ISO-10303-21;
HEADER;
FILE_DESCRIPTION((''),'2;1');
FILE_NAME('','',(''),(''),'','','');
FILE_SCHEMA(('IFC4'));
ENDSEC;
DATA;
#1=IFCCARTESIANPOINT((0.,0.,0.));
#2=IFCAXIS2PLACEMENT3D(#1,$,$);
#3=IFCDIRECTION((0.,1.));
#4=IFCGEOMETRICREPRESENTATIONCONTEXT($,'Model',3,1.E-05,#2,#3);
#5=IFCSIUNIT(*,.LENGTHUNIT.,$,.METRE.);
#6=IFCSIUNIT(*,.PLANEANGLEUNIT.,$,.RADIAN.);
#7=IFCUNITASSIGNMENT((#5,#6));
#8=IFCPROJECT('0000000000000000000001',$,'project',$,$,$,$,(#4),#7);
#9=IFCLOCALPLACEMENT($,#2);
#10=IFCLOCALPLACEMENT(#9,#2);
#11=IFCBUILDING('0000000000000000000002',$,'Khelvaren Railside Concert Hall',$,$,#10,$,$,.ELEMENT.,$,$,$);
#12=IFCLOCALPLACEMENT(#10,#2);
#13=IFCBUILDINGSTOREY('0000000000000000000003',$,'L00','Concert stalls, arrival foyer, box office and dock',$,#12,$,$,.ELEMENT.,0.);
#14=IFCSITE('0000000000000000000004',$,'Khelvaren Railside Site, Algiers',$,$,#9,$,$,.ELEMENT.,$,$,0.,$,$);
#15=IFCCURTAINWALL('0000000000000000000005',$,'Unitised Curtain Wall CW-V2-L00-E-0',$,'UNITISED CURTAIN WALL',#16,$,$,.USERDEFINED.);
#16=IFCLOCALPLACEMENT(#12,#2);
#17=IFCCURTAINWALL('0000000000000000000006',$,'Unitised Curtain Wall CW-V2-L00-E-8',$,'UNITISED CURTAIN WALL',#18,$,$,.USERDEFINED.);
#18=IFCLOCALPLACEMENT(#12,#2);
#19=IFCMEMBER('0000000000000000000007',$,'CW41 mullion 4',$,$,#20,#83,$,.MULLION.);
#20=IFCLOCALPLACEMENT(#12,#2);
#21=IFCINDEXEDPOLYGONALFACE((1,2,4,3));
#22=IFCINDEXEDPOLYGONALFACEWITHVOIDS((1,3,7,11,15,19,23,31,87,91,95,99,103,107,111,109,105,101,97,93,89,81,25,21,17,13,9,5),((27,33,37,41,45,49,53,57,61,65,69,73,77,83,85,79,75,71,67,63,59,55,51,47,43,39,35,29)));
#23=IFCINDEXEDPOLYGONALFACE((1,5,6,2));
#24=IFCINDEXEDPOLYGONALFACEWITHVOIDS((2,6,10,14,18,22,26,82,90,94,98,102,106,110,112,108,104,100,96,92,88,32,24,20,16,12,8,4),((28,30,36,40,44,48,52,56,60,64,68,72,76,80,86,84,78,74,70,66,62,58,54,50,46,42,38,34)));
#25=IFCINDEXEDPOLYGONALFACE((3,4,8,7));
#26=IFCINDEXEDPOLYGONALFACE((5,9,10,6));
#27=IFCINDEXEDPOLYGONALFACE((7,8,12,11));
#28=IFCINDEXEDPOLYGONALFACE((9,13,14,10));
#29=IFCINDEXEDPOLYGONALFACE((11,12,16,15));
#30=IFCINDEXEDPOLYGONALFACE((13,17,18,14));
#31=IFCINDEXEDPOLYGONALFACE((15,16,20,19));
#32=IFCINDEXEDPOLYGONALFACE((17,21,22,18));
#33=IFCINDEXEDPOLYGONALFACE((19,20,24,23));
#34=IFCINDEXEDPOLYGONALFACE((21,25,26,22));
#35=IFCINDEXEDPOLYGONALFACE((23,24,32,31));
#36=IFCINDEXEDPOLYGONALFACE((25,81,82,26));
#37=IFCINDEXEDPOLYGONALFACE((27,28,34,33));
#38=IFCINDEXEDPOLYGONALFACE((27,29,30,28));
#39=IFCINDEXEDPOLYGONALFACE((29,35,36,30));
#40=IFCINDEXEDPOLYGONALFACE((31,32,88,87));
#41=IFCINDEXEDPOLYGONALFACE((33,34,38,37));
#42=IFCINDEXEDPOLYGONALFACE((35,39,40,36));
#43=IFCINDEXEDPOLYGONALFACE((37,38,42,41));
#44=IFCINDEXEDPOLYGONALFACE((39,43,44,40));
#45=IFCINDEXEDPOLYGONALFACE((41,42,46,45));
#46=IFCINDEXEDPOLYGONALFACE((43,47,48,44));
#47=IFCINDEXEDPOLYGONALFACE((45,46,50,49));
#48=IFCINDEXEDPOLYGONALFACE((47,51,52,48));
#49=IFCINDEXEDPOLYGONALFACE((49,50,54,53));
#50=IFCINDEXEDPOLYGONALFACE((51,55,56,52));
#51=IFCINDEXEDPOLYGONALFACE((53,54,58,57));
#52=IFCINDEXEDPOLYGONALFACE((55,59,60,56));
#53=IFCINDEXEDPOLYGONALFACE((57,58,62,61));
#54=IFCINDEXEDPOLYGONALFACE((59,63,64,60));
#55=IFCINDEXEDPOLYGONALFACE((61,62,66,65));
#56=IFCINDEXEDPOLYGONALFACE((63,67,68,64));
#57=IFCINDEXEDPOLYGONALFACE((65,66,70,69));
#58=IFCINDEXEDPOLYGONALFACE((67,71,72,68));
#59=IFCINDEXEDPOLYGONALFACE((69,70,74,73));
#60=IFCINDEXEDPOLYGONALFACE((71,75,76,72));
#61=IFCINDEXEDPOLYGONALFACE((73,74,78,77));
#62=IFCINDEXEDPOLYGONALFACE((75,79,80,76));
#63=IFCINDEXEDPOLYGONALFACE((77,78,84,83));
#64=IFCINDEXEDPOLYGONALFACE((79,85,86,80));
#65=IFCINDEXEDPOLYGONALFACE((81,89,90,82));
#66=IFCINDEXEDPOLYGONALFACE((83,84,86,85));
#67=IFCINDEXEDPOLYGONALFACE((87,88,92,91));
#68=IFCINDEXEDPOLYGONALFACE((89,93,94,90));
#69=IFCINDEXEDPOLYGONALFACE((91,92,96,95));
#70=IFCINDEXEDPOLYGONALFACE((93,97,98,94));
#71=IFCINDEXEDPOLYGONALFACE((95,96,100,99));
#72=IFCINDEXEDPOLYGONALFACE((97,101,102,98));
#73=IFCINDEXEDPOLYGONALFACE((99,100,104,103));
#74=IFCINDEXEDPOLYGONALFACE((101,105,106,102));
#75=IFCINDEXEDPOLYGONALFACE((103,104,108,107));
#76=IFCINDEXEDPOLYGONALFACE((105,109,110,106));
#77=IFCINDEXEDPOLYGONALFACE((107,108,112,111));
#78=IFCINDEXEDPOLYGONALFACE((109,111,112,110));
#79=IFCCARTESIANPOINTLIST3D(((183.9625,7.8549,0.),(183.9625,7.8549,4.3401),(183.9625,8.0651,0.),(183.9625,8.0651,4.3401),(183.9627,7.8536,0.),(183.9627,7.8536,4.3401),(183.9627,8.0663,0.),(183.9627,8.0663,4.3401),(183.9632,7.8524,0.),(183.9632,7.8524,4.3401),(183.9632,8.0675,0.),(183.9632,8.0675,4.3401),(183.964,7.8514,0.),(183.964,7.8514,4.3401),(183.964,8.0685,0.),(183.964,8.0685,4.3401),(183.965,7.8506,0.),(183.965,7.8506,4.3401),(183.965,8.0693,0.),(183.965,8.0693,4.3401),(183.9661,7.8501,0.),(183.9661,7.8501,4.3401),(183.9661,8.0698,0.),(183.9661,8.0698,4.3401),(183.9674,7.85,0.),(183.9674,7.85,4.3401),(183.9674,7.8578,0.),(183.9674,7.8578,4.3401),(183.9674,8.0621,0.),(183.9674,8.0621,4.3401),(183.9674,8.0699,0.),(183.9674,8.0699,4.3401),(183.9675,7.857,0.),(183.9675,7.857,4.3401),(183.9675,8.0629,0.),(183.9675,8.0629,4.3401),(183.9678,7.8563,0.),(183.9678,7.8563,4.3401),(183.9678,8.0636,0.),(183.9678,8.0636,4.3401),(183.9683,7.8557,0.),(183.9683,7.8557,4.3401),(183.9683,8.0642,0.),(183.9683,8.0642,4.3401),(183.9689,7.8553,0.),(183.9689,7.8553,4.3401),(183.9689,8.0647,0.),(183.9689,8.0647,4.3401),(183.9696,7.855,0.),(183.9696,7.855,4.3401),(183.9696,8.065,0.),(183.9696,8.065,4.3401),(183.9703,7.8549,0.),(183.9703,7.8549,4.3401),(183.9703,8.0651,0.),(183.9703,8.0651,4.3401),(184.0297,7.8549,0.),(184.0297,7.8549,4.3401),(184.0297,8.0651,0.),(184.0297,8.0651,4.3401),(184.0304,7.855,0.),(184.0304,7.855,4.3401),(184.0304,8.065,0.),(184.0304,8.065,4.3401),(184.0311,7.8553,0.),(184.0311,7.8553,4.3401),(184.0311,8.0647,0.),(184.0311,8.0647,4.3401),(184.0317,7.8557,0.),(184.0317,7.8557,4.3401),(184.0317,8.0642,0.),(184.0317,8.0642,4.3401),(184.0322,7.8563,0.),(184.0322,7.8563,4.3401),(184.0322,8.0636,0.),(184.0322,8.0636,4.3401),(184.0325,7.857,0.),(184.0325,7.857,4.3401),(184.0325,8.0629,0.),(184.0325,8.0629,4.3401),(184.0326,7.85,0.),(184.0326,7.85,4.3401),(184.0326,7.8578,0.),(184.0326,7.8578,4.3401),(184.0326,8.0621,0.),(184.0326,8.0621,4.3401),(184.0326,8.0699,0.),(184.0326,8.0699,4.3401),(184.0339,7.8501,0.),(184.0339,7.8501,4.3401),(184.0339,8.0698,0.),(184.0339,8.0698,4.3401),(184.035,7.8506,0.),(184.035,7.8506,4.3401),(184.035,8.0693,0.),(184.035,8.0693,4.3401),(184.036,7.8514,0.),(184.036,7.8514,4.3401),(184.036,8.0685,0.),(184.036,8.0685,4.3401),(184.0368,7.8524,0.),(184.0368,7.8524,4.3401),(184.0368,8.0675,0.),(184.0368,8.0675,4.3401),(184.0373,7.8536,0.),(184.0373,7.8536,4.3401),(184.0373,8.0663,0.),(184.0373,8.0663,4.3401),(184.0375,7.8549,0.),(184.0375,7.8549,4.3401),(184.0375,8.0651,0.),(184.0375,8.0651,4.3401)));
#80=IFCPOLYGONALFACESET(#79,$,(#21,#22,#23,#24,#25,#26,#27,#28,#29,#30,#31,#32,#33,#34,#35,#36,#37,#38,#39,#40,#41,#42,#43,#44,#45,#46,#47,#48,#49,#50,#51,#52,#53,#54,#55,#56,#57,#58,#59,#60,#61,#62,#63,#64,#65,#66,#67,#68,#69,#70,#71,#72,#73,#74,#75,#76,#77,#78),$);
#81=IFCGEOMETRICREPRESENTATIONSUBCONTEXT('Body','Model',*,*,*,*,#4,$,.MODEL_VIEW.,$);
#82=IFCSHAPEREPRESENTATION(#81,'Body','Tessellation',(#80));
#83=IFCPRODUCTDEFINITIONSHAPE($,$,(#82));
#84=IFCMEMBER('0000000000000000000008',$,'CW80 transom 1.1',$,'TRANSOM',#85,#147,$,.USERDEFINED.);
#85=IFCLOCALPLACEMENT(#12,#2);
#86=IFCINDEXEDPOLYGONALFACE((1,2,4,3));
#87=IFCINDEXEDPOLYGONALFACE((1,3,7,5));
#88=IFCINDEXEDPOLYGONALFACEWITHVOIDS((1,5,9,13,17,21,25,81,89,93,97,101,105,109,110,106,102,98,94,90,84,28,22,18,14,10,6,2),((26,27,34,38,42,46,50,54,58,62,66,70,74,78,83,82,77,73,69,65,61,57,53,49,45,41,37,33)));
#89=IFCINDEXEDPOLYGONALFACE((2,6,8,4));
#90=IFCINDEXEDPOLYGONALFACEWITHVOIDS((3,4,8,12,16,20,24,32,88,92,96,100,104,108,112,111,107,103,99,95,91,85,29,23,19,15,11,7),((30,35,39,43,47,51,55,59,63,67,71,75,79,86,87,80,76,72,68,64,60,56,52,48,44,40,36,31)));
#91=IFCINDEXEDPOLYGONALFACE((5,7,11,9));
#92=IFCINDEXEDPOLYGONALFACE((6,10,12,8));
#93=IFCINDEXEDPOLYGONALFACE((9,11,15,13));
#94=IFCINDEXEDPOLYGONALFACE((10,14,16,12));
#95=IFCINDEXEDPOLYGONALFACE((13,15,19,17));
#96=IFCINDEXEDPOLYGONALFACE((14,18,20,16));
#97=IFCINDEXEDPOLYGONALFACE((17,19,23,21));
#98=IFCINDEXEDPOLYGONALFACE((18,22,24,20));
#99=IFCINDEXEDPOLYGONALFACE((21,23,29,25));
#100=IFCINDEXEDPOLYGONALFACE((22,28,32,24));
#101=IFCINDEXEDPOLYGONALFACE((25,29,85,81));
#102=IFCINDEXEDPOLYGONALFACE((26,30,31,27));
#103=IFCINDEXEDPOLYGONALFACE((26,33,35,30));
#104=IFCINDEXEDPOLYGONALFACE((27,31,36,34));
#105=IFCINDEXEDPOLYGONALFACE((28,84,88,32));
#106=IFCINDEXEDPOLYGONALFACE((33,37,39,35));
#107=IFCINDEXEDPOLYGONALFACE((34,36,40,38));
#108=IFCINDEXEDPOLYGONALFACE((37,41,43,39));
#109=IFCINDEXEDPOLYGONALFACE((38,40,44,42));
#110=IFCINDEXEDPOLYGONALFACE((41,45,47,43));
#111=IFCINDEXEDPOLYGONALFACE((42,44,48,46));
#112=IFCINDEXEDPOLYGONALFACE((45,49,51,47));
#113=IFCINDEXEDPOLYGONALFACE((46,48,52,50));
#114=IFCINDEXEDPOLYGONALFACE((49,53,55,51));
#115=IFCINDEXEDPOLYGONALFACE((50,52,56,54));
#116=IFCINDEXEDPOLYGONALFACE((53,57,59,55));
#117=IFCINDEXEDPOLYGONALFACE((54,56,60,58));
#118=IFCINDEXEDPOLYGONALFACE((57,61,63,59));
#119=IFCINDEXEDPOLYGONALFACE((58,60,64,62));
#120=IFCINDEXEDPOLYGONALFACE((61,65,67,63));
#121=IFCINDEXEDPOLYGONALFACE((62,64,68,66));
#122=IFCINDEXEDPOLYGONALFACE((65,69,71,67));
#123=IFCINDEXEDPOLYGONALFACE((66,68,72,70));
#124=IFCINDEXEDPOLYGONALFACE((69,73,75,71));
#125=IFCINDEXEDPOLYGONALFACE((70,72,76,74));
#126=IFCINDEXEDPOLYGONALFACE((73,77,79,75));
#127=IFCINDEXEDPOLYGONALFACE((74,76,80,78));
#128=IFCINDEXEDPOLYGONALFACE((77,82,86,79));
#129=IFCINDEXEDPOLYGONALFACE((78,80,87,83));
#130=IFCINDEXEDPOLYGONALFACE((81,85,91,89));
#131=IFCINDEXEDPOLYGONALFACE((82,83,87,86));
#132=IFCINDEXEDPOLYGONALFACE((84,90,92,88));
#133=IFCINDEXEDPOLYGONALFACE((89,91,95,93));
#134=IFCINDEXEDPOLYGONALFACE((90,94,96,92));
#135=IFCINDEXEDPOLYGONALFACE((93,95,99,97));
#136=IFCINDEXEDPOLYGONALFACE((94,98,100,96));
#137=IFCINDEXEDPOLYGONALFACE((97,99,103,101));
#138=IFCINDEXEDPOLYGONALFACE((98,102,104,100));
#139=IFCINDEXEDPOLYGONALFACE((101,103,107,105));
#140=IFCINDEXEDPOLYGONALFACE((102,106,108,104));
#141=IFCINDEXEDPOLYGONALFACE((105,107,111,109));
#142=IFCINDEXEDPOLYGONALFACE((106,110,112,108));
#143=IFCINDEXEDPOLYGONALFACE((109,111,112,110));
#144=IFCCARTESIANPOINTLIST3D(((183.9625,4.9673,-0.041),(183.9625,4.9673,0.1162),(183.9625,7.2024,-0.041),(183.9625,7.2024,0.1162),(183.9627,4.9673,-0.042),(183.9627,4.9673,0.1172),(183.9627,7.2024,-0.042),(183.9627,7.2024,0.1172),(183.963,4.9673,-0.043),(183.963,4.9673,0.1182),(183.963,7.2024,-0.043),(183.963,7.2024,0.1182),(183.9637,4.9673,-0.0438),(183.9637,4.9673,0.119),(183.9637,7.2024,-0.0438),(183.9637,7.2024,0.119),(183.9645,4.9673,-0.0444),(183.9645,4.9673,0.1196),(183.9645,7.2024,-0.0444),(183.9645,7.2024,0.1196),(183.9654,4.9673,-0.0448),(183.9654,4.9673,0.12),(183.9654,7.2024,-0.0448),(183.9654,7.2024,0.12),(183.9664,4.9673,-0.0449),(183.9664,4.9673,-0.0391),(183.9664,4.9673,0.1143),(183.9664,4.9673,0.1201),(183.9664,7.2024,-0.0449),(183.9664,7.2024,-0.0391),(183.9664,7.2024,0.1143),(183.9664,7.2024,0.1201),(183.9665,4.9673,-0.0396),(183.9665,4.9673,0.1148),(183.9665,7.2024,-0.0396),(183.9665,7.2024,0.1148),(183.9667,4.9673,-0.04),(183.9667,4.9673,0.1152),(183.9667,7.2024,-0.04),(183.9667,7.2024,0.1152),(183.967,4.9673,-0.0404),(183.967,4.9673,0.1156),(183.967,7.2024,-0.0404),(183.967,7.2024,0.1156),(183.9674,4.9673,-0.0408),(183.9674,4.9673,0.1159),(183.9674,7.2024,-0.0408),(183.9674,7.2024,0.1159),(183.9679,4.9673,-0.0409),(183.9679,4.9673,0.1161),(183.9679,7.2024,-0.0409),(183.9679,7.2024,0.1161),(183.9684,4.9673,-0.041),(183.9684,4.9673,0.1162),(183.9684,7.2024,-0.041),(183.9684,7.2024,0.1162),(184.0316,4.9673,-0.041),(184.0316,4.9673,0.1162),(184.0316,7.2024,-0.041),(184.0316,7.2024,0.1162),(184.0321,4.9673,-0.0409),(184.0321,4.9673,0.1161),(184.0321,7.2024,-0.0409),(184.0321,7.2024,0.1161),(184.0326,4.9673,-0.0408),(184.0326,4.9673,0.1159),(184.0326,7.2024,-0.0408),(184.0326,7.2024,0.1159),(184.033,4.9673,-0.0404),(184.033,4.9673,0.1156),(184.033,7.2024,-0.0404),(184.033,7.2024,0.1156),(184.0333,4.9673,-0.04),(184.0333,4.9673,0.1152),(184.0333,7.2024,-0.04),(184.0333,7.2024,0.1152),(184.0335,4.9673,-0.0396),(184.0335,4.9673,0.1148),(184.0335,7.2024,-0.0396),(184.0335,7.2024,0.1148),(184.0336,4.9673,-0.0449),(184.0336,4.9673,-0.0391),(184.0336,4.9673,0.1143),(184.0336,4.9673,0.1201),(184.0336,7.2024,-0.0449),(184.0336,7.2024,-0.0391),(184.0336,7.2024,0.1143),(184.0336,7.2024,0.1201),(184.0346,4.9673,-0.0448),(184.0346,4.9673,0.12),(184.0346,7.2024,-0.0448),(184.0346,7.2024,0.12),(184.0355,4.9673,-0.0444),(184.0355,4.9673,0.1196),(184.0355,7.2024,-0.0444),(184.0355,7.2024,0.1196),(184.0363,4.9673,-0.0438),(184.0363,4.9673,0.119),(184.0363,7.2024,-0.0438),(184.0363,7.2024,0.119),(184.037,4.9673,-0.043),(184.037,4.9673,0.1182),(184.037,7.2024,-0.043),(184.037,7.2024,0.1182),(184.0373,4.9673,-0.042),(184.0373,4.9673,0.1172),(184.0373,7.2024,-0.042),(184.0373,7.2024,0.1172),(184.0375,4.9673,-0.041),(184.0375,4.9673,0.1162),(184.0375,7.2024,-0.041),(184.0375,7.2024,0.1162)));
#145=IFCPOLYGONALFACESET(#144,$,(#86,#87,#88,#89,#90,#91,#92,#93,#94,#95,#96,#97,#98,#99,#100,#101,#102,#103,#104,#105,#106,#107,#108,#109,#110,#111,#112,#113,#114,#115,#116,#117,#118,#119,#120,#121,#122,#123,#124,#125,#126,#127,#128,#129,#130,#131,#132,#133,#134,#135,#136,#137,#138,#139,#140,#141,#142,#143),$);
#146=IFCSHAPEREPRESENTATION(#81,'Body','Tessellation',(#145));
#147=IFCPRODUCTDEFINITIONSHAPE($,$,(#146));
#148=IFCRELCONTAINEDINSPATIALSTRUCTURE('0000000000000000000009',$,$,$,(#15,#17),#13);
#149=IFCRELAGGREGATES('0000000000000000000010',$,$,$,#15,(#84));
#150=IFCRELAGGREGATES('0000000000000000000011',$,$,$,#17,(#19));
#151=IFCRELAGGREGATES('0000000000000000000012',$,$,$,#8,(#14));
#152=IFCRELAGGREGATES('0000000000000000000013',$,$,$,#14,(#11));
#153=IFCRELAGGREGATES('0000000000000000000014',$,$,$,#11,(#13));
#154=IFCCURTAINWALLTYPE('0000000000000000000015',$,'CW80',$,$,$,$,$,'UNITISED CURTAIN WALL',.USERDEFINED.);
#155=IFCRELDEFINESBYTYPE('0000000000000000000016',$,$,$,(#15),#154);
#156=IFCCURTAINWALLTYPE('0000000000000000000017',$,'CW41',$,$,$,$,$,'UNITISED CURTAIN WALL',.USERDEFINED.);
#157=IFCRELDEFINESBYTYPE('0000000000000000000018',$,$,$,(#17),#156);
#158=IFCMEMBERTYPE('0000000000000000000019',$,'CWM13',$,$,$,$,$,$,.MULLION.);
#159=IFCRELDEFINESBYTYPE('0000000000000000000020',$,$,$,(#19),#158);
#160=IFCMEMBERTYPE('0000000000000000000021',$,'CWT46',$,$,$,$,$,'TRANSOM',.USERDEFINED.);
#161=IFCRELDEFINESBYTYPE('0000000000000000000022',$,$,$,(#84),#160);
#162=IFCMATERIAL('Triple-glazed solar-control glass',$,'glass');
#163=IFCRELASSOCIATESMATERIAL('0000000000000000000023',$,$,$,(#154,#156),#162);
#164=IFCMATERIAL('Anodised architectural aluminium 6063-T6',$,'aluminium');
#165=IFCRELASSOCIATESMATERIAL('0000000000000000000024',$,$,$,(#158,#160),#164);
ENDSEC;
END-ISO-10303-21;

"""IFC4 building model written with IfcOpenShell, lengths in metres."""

from ifc_helpers import new_model, si_unit, direction, frame, origin, origin_2d, place, context, subcontext, project, spatial, hollow_rectangle, extrude, material, material_profile, profile_set, type_object, element, aggregate, save


model = new_model("IFC4")

# Units and contexts
model_context = context("Model", 3, precision=1e-05, world=origin(), true_north=direction((0.0, 1.0)))
body_context = subcontext(model_context, "Body", "Model", "MODEL_VIEW")
ifc_project = project(units=[si_unit("LENGTHUNIT", "METRE"), si_unit("PLANEANGLEUNIT", "RADIAN")], contexts=[model_context])

# Site, building, storey
site_placement = place(None, origin())
site = spatial("IfcSite", under=ifc_project, at=site_placement, Name="Khelvaren Railside Site, Algiers", CompositionType="ELEMENT", RefElevation=0.0)
building_placement = place(site_placement, origin())
building = spatial("IfcBuilding", under=site, at=building_placement, Name="Khelvaren Railside Concert Hall", CompositionType="ELEMENT")
storey_placement = place(building_placement, origin())
storey = spatial("IfcBuildingStorey", under=building, at=storey_placement, Name="L00", Description="Concert stalls, arrival foyer, box office and dock", CompositionType="ELEMENT", Elevation=0.0)

# Curtain wall
ifc_material_1 = material(Name="Triple-glazed solar-control glass", Category="glass")
curtain_wall_type_1 = type_object("IfcCurtainWallType", Name="CW80", ElementType="UNITISED CURTAIN WALL", PredefinedType="USERDEFINED", material=ifc_material_1)
curtain_wall_1_placement = place(storey_placement, origin())
curtain_wall_1 = element("IfcCurtainWall", 1, at=curtain_wall_1_placement, inside=storey, type_object=curtain_wall_type_1, Name="Unitised Curtain Wall CW-V2-L00-E-0", ObjectType="UNITISED CURTAIN WALL", PredefinedType="USERDEFINED")
ifc_material_2 = material(Name="Anodised architectural aluminium 6063-T6", Category="aluminium")
ifc_material_profile_1 = material_profile(ifc_material_2, hollow_rectangle(XDim=0.075, YDim=0.22, WallThickness=0.0049, InnerFilletRadius=0.0029, OuterFilletRadius=0.0049, at=origin_2d()), Name="CWM 75x220x5")
ifc_profile_set_1 = profile_set([ifc_material_profile_1], Name="Anodised architectural aluminium 6063-T6")
member_type_1 = type_object("IfcMemberType", Name="CWM13", PredefinedType="MULLION", material=ifc_profile_set_1)

# Curtain wall, member
curtain_wall_type_2 = type_object("IfcCurtainWallType", Name="CW41", ElementType="UNITISED CURTAIN WALL", PredefinedType="USERDEFINED", material=ifc_material_1)
curtain_wall_2_placement = place(storey_placement, origin())
curtain_wall_2 = element("IfcCurtainWall", 2, at=curtain_wall_2_placement, inside=storey, type_object=curtain_wall_type_2, Name="Unitised Curtain Wall CW-V2-L00-E-8", ObjectType="UNITISED CURTAIN WALL", PredefinedType="USERDEFINED")
member_1_placement = place(storey_placement, frame((184.0, 7.96, 0.0), z_axis=(0.0, 0.0, 1.0), x_axis=(1.0, 0.0, 0.0)))
member_1 = element("IfcMember", 3, at=member_1_placement, type_object=member_type_1, Name="CW41 mullion 4", PredefinedType="MULLION", context=body_context, shape_type="SweptSolid", body=[
    extrude(hollow_rectangle(XDim=0.075, YDim=0.22, WallThickness=0.0049, InnerFilletRadius=0.0029, OuterFilletRadius=0.0049, at=origin_2d()), origin(), (0.0, 0.0, 1.0), 4.3401),
])

# Member
ifc_material_profile_2 = material_profile(ifc_material_2, hollow_rectangle(XDim=0.075, YDim=0.165, WallThickness=0.0039, InnerFilletRadius=0.002, OuterFilletRadius=0.0039, at=origin_2d()), Name="CWT 75x165x4")
ifc_profile_set_2 = profile_set([ifc_material_profile_2], Name="Anodised architectural aluminium 6063-T6")
member_type_2 = type_object("IfcMemberType", Name="CWT46", ElementType="TRANSOM", PredefinedType="USERDEFINED", material=ifc_profile_set_2)
member_2_placement = place(storey_placement, frame((184.0, 7.2024, 0.0376), z_axis=(0.0, -1.0, 0.0), x_axis=(1.0, 0.0, 0.0)))
member_2 = element("IfcMember", 4, at=member_2_placement, type_object=member_type_2, Name="CW80 transom 1.1", ObjectType="TRANSOM", PredefinedType="USERDEFINED", context=body_context, shape_type="SweptSolid", body=[
    extrude(hollow_rectangle(XDim=0.075, YDim=0.165, WallThickness=0.0039, InnerFilletRadius=0.002, OuterFilletRadius=0.0039, at=origin_2d()), origin(), (0.0, 0.0, 1.0), 2.2351),
])

aggregate(curtain_wall_1, [member_2])
aggregate(curtain_wall_2, [member_1])

save(model, "model.ifc")
